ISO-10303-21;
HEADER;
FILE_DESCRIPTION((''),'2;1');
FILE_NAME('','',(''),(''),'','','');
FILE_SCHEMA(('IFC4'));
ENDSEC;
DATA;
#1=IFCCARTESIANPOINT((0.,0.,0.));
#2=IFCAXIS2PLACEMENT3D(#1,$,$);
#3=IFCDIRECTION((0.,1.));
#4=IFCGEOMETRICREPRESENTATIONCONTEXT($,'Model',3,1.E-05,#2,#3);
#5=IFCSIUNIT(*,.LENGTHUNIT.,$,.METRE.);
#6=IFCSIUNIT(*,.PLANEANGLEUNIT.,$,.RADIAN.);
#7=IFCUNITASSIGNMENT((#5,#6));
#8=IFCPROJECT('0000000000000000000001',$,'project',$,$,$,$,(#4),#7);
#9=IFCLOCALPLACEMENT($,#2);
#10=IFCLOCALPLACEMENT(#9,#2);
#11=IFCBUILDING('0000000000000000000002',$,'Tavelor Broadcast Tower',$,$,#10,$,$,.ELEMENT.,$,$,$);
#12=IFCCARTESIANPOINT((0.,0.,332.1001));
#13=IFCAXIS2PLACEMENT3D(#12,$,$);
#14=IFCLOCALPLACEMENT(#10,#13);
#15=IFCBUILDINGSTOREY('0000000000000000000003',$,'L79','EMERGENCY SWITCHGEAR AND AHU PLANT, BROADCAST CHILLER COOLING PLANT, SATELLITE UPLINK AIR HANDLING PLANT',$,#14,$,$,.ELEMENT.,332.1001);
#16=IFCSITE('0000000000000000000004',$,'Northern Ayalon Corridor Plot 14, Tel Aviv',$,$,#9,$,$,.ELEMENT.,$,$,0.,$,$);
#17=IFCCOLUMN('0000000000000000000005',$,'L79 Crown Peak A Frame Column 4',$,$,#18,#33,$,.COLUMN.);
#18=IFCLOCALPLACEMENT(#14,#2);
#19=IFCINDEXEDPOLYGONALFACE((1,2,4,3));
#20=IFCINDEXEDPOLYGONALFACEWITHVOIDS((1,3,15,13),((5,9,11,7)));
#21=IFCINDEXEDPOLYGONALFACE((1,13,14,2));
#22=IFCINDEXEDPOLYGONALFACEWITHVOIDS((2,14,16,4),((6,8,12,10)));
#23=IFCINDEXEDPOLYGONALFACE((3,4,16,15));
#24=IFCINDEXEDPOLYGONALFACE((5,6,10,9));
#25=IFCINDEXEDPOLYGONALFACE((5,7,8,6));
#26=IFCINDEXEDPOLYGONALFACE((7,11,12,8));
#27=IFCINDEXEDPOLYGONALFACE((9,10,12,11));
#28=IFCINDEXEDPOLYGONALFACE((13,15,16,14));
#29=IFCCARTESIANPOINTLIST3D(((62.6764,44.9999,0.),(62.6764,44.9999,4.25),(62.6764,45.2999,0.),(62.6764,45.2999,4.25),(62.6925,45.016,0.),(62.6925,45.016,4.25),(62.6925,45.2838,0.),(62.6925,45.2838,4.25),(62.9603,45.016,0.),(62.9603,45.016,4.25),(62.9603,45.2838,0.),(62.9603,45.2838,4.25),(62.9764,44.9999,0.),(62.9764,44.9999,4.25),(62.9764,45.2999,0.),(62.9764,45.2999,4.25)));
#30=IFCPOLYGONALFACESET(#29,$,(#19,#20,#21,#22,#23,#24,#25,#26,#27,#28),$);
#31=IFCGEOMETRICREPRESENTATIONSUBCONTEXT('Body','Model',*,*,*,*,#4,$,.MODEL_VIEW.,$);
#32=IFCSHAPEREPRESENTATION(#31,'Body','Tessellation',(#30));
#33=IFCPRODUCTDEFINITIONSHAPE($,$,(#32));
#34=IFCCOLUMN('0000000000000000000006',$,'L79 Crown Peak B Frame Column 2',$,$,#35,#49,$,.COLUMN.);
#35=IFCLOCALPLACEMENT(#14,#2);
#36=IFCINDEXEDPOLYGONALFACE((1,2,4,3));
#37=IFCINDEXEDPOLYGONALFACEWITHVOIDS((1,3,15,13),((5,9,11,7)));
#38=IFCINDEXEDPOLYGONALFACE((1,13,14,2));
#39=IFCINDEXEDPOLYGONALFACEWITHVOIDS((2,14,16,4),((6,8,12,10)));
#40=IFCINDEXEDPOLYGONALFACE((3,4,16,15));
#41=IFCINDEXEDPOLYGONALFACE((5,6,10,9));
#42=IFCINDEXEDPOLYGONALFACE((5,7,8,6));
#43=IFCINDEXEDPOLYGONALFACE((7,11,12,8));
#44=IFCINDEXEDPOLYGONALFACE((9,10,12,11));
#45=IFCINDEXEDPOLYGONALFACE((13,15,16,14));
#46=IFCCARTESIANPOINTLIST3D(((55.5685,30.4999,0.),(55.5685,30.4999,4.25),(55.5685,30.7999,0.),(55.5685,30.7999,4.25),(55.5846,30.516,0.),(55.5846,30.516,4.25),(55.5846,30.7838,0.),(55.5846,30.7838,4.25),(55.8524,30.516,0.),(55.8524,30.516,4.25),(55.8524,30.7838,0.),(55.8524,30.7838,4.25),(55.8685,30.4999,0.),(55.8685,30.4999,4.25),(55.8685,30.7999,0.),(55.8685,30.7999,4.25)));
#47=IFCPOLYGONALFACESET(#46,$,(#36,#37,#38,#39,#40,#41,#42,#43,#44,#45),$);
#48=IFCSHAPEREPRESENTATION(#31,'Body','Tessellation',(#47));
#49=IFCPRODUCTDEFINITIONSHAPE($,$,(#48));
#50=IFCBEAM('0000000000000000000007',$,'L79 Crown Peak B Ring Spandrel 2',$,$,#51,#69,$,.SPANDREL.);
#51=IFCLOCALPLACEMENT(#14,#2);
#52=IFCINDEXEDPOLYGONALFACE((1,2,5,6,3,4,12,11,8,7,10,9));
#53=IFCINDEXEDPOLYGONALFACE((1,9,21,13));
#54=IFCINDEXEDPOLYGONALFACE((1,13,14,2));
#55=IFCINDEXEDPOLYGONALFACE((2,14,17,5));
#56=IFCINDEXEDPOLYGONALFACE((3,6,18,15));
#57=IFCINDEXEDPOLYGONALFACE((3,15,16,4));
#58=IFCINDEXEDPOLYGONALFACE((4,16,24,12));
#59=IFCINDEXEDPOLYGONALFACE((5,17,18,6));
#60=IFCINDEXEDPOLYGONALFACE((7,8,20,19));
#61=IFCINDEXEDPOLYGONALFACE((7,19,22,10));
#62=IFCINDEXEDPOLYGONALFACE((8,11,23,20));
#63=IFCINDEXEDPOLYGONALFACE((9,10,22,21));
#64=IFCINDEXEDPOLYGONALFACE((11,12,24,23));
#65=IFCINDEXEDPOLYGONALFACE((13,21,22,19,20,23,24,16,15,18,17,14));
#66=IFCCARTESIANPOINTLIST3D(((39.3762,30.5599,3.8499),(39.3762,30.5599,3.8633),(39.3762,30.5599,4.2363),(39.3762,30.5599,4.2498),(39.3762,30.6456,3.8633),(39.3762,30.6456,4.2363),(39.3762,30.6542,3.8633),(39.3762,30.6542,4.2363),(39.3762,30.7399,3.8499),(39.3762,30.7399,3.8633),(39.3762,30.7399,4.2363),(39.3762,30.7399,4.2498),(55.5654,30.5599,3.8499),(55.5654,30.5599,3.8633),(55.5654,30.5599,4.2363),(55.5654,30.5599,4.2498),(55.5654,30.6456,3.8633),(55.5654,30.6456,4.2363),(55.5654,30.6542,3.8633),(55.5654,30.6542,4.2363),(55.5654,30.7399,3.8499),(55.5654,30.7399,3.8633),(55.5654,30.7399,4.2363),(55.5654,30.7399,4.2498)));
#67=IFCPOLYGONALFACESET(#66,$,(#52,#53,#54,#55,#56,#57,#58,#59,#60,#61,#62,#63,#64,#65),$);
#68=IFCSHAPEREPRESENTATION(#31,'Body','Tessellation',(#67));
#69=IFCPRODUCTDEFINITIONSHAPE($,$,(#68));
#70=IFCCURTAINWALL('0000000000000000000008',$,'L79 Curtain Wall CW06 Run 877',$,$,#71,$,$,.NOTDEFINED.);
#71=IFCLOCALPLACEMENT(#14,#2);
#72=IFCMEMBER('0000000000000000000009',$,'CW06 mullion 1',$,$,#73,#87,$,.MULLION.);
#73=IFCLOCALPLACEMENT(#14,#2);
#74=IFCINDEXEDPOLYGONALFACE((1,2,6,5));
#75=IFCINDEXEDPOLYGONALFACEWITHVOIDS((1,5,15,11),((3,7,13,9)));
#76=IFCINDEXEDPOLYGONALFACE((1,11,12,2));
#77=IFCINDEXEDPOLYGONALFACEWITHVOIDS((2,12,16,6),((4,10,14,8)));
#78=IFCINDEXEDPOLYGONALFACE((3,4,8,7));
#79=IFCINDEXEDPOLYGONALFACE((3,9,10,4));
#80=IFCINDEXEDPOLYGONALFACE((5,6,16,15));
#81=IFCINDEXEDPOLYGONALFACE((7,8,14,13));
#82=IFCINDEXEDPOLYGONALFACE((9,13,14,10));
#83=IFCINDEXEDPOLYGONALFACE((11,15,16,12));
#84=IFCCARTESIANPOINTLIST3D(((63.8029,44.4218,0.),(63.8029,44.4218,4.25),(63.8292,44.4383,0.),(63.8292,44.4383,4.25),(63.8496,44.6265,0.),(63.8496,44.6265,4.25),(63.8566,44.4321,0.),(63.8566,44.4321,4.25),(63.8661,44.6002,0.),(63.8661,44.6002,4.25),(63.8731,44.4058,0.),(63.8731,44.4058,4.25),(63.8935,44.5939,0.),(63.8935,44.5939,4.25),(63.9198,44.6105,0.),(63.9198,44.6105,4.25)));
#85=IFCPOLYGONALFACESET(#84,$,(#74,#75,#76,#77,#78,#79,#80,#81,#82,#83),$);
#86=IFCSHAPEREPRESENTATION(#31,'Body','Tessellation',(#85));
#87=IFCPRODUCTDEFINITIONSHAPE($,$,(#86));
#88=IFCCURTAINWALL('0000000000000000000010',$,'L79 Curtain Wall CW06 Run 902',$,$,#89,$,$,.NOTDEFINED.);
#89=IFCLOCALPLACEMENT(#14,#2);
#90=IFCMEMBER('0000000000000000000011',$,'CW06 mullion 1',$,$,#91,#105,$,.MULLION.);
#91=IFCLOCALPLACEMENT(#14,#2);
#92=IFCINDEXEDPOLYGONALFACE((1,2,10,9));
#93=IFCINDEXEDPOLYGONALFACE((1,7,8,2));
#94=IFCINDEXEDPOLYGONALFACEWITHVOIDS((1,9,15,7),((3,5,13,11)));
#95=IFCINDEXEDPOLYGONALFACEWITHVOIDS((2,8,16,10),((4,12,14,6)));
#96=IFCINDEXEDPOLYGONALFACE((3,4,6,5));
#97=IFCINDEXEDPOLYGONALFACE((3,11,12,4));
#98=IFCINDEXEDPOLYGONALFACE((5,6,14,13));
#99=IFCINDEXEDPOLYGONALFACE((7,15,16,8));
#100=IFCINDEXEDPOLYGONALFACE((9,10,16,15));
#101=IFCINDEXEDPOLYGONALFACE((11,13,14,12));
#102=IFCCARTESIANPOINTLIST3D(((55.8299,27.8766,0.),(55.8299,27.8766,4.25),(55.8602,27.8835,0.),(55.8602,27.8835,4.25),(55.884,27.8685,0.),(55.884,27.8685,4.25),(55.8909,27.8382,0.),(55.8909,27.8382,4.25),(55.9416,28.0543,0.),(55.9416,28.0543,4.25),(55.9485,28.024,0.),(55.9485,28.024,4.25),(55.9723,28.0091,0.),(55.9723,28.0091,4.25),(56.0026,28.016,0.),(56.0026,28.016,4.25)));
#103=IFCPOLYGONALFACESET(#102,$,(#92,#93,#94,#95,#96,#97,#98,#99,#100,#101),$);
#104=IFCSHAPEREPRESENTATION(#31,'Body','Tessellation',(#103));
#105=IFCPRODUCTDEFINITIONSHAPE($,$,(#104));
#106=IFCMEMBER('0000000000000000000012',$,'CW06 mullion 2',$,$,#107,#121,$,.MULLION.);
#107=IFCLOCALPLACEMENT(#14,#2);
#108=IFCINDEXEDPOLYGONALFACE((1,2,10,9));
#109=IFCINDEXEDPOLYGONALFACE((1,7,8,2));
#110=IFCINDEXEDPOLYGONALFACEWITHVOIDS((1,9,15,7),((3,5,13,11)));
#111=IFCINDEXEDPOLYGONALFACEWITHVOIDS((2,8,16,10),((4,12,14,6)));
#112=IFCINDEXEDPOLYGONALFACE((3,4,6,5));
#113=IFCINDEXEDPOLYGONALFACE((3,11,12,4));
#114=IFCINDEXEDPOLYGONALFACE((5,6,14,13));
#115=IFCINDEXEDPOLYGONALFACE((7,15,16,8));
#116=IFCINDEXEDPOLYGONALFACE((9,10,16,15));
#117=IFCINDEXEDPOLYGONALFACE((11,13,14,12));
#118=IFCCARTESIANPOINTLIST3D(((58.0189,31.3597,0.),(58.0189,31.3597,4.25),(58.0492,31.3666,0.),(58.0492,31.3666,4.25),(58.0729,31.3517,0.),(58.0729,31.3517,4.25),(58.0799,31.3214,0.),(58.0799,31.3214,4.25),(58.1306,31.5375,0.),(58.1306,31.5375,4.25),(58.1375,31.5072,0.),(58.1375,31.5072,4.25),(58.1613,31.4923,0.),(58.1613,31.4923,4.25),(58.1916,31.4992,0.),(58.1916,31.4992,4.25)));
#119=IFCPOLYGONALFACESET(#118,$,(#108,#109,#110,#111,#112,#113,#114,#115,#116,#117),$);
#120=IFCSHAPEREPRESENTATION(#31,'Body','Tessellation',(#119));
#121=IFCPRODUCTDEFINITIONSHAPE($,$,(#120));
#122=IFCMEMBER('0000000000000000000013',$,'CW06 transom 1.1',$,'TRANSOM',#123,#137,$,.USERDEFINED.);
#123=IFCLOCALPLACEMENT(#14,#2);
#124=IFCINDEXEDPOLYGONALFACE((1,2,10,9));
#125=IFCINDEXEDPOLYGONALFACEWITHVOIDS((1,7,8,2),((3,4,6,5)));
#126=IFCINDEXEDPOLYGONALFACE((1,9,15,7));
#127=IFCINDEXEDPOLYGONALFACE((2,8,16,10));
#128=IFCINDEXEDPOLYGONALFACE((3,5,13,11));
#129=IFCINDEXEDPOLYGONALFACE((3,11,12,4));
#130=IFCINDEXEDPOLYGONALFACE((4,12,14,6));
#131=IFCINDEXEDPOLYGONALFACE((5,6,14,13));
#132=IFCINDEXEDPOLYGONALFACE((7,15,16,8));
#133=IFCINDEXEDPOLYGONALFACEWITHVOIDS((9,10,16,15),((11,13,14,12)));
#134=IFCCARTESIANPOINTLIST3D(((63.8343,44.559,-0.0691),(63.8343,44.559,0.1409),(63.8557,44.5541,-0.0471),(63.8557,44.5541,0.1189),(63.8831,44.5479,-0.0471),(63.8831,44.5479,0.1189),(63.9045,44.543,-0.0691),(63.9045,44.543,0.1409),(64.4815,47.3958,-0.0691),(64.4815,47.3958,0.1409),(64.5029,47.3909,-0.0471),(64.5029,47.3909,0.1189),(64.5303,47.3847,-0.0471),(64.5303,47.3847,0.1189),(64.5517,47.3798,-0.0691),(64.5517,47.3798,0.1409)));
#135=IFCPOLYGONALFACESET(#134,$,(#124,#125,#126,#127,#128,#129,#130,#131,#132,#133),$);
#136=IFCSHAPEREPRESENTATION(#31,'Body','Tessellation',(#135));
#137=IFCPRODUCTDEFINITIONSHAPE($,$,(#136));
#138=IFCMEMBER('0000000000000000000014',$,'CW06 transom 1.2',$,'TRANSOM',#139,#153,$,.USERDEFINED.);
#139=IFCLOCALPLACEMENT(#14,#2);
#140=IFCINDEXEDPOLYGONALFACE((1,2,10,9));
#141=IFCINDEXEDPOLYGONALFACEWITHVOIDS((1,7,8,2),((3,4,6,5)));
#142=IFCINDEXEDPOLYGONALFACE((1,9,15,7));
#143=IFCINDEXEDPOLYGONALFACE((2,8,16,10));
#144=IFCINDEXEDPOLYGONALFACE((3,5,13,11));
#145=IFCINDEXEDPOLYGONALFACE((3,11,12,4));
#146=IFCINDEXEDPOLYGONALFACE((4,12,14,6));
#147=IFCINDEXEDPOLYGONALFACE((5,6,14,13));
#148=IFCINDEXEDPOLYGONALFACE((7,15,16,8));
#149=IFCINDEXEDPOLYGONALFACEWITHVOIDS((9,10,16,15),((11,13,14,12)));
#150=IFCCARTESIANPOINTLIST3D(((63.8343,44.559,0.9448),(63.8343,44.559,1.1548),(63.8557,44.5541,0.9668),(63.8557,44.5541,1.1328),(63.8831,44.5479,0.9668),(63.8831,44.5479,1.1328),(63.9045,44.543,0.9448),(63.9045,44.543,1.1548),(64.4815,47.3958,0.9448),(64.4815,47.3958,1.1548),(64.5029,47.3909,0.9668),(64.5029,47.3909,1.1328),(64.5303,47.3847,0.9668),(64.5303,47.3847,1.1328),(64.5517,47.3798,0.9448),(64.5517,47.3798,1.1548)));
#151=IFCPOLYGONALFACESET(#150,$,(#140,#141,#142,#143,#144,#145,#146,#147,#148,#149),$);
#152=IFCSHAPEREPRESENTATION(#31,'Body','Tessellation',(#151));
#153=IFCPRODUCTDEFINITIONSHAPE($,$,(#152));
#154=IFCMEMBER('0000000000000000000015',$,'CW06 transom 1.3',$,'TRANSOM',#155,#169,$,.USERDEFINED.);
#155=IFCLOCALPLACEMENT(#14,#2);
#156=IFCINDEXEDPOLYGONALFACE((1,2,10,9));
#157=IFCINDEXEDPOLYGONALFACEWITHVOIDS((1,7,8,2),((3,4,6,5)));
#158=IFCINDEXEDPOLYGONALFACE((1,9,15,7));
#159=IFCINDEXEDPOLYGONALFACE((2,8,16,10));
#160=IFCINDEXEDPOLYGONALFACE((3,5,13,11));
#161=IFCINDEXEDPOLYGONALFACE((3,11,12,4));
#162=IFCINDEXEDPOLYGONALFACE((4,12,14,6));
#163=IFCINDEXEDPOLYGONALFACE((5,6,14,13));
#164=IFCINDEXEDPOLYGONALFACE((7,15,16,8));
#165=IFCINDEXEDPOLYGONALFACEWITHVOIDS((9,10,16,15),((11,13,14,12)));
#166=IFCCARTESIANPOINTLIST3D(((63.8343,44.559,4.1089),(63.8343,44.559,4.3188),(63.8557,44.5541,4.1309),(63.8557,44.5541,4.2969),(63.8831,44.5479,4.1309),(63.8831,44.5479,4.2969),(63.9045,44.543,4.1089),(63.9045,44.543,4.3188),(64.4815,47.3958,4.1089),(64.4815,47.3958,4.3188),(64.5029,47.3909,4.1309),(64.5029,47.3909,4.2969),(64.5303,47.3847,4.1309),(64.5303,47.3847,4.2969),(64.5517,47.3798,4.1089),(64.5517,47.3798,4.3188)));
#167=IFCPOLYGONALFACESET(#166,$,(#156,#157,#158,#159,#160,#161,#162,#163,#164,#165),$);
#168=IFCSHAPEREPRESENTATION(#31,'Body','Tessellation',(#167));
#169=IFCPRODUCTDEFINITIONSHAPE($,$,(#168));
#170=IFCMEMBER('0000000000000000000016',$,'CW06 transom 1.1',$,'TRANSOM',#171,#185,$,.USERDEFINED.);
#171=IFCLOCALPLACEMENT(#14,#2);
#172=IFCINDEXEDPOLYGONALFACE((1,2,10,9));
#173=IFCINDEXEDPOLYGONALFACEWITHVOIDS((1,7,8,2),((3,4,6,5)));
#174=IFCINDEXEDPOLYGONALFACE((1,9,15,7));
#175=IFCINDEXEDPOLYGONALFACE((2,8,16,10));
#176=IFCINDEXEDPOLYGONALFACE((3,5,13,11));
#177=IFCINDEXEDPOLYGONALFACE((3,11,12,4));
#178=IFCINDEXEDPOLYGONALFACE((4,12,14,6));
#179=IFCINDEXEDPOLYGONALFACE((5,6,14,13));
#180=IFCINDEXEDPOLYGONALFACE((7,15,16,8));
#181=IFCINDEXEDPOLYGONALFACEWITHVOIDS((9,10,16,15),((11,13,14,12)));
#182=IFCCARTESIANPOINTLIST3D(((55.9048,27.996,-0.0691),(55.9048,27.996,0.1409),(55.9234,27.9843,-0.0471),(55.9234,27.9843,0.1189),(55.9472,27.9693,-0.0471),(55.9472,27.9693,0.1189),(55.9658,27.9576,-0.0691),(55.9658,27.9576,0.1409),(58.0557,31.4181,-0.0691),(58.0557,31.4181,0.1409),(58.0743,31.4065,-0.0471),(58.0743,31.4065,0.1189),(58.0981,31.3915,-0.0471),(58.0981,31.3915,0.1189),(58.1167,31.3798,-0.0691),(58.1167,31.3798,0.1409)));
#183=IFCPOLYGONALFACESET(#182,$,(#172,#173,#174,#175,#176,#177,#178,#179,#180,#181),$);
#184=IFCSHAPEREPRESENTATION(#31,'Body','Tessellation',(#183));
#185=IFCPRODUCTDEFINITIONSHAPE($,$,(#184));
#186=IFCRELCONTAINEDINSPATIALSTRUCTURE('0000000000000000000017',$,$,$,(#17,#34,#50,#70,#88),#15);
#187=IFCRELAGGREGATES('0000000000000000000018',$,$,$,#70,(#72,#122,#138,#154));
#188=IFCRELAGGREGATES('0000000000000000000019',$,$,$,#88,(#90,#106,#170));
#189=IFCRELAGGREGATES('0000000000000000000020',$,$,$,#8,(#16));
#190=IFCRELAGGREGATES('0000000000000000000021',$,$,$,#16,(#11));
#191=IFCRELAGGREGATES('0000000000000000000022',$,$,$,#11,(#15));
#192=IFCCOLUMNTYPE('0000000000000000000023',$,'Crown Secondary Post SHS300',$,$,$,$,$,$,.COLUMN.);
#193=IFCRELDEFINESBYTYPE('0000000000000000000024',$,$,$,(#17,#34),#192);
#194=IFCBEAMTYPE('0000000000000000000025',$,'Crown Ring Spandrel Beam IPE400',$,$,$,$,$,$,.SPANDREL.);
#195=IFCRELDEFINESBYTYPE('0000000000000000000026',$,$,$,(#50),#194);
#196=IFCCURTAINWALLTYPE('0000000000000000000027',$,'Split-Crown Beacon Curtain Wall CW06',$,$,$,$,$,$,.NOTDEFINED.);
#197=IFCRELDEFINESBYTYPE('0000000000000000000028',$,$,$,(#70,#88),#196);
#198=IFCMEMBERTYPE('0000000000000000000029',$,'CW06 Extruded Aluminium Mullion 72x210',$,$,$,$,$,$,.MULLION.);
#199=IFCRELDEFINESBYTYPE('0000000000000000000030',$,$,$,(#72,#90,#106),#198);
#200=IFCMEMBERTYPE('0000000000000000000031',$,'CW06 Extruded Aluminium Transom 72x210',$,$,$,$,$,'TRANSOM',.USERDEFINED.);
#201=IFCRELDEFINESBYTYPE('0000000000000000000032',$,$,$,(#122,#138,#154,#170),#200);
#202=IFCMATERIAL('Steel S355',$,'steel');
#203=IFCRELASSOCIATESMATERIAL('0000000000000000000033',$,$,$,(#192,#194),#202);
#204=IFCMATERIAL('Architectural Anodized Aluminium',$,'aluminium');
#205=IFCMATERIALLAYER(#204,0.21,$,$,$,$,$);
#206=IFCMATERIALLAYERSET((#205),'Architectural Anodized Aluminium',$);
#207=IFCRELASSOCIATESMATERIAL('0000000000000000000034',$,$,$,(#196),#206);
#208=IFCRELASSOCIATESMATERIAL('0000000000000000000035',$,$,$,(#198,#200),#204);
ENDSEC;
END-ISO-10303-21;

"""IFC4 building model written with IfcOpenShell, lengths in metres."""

from ifc_helpers import new_model, si_unit, direction, frame, origin, origin_2d, place, context, subcontext, project, spatial, hollow_rectangle, i_section, extrude, source, transform, mapped, material, layer, layer_set, material_profile, profile_set, type_object, type_shapes, element, aggregate, save


model = new_model("IFC4")

# Units and contexts
model_context = context("Model", 3, precision=1e-05, world=origin(), true_north=direction((0.0, 1.0)))
body_context = subcontext(model_context, "Body", "Model", "MODEL_VIEW")
ifc_project = project(units=[si_unit("LENGTHUNIT", "METRE"), si_unit("PLANEANGLEUNIT", "RADIAN")], contexts=[model_context])

# Site, building, storey
site_placement = place(None, origin())
site = spatial("IfcSite", under=ifc_project, at=site_placement, Name="Northern Ayalon Corridor Plot 14, Tel Aviv", CompositionType="ELEMENT", RefElevation=0.0)
building_placement = place(site_placement, origin())
building = spatial("IfcBuilding", under=site, at=building_placement, Name="Tavelor Broadcast Tower", CompositionType="ELEMENT")
storey_placement = place(building_placement, frame((0.0, 0.0, 332.1001)))
storey = spatial("IfcBuildingStorey", under=building, at=storey_placement, Name="L79", Description="EMERGENCY SWITCHGEAR AND AHU PLANT, BROADCAST CHILLER COOLING PLANT, SATELLITE UPLINK AIR HANDLING PLANT", CompositionType="ELEMENT", Elevation=332.1001)

# Columns
ifc_material_1 = material(Name="Steel S355", Category="steel")
ifc_material_profile_1 = material_profile(ifc_material_1, hollow_rectangle(XDim=0.3, YDim=0.3, WallThickness=0.0161, at=origin_2d()), Name="SHS 300x300x16")
ifc_profile_set_1 = profile_set([ifc_material_profile_1], Name="Steel S355")
column_type = type_object("IfcColumnType", Name="Crown Secondary Post SHS300", PredefinedType="COLUMN", material=ifc_profile_set_1)
for number, where, z_axis, x_axis, name in (
    (1, (62.8264, 45.1499, 0.0), (0.0, 0.0, 1.0), (1.0, 0.0, 0.0), "L79 Crown Peak A Frame Column 4"),
    (2, (55.7185, 30.6499, 0.0), (0.0, 0.0, 1.0), (1.0, 0.0, 0.0), "L79 Crown Peak B Frame Column 2"),
):
    element("IfcColumn", number, at=place(storey_placement, frame(where, z_axis=z_axis, x_axis=x_axis)), inside=storey, type_object=column_type, Name=name, PredefinedType="COLUMN", context=body_context, shape_type="SweptSolid", body=[
        extrude(hollow_rectangle(XDim=0.3, YDim=0.3, WallThickness=0.0161, at=origin_2d()), origin(), (0.0, 0.0, 1.0), 4.25),
    ])

# Beam
ifc_material_profile_2 = material_profile(ifc_material_1, i_section(OverallWidth=0.1799, OverallDepth=0.3999, WebThickness=0.0085, FlangeThickness=0.0134, at=origin_2d()), Name="IPE 400")
ifc_profile_set_2 = profile_set([ifc_material_profile_2], Name="Steel S355")
beam_type = type_object("IfcBeamType", Name="Crown Ring Spandrel Beam IPE400", PredefinedType="SPANDREL", material=ifc_profile_set_2)
beam_placement = place(storey_placement, frame((55.5654, 30.6499, 4.0498), z_axis=(-1.0, 0.0, 0.0), x_axis=(0.0, -1.0, 0.0)))
element("IfcBeam", 3, at=beam_placement, inside=storey, type_object=beam_type, Name="L79 Crown Peak B Ring Spandrel 2", PredefinedType="SPANDREL", context=body_context, shape_type="SweptSolid", body=[
    extrude(i_section(OverallWidth=0.1799, OverallDepth=0.3999, WebThickness=0.0085, FlangeThickness=0.0134, at=origin_2d()), origin(), (0.0, 0.0, 1.0), 16.1892),
])

# Curtain wall, member
ifc_material_2 = material(Name="Architectural Anodized Aluminium", Category="aluminium")
ifc_layer_1 = layer(ifc_material_2, 0.21)
ifc_layer_set_1 = layer_set([ifc_layer_1], Name="Architectural Anodized Aluminium")
curtain_wall_type = type_object("IfcCurtainWallType", Name="Split-Crown Beacon Curtain Wall CW06", PredefinedType="NOTDEFINED", material=ifc_layer_set_1)
curtain_wall_1_placement = place(storey_placement, origin())
curtain_wall_1 = element("IfcCurtainWall", 4, at=curtain_wall_1_placement, inside=storey, type_object=curtain_wall_type, Name="L79 Curtain Wall CW06 Run 877", PredefinedType="NOTDEFINED")
ifc_material_profile_3 = material_profile(ifc_material_2, hollow_rectangle(XDim=0.072, YDim=0.21, WallThickness=0.022, at=origin_2d()), Name="RHS 72x210x22")
ifc_profile_set_3 = profile_set([ifc_material_profile_3], Name="Architectural Anodized Aluminium")
member_type_1 = type_object("IfcMemberType", Name="CW06 Extruded Aluminium Mullion 72x210", PredefinedType="MULLION", material=ifc_profile_set_3)
shared_shape_1 = source(origin(), body_context, "Body", "SweptSolid", [
    extrude(hollow_rectangle(XDim=0.072, YDim=0.21, WallThickness=0.022, at=origin_2d()), origin(), (0.0, 0.0, 1.0), 4.25),
])
type_shapes(member_type_1, [shared_shape_1])
member_1_placement = place(storey_placement, frame((63.8613, 44.5161, 0.0), z_axis=(0.0, 0.0, 1.0), x_axis=(-0.974949, 0.222429, 0.0)))
member_1 = element("IfcMember", 5, at=member_1_placement, type_object=member_type_1, Name="CW06 mullion 1", PredefinedType="MULLION", context=body_context, shape_type="MappedRepresentation", body=[
    mapped(shared_shape_1, transform((0.0, 0.0, 0.0), scale=1.0)),
])

# Curtain wall, members
curtain_wall_2_placement = place(storey_placement, origin())
curtain_wall_2 = element("IfcCurtainWall", 6, at=curtain_wall_2_placement, inside=storey, type_object=curtain_wall_type, Name="L79 Curtain Wall CW06 Run 902", PredefinedType="NOTDEFINED")
member_2_placement = place(storey_placement, frame((55.9163, 27.9463, 0.0), z_axis=(0.0, 0.0, 1.0), x_axis=(-0.846671, 0.532117, 0.0)))
member_2 = element("IfcMember", 7, at=member_2_placement, type_object=member_type_1, Name="CW06 mullion 1", PredefinedType="MULLION", context=body_context, shape_type="MappedRepresentation", body=[
    mapped(shared_shape_1, transform((0.0, 0.0, 0.0), scale=1.0)),
])
member_3_placement = place(storey_placement, frame((58.1052, 31.4294, 0.0), z_axis=(0.0, 0.0, 1.0), x_axis=(-0.846671, 0.532117, 0.0)))
member_3 = element("IfcMember", 8, at=member_3_placement, type_object=member_type_1, Name="CW06 mullion 2", PredefinedType="MULLION", context=body_context, shape_type="MappedRepresentation", body=[
    mapped(shared_shape_1, transform((0.0, 0.0, 0.0), scale=1.0)),
])

# Members
ifc_material_profile_4 = material_profile(ifc_material_2, hollow_rectangle(XDim=0.072, YDim=0.21, WallThickness=0.022, at=origin_2d()), Name="RHS 72x210x22")
ifc_profile_set_4 = profile_set([ifc_material_profile_4], Name="Architectural Anodized Aluminium")
member_type_2 = type_object("IfcMemberType", Name="CW06 Extruded Aluminium Transom 72x210", ElementType="TRANSOM", PredefinedType="USERDEFINED", material=ifc_profile_set_4)
shared_shape_2 = source(origin(), body_context, "Body", "SweptSolid", [
    extrude(hollow_rectangle(XDim=0.072, YDim=0.21, WallThickness=0.022, at=origin_2d()), origin(), (0.0, 0.0, 1.0), 2.9097),
])
member_4_placement = place(storey_placement, frame((63.8694, 44.551, 0.0359), z_axis=(0.222444, 0.974945, 0.0), x_axis=(-0.974945, 0.222444, 0.0)))
member_4 = element("IfcMember", 9, at=member_4_placement, type_object=member_type_2, Name="CW06 transom 1.1", ObjectType="TRANSOM", PredefinedType="USERDEFINED", context=body_context, shape_type="MappedRepresentation", body=[
    mapped(shared_shape_2, transform((0.0, 0.0, 0.0), scale=1.0)),
])
member_5_placement = place(storey_placement, frame((63.8694, 44.551, 1.0498), z_axis=(0.222444, 0.974945, 0.0), x_axis=(-0.974945, 0.222444, 0.0)))
member_5 = element("IfcMember", 10, at=member_5_placement, type_object=member_type_2, Name="CW06 transom 1.2", ObjectType="TRANSOM", PredefinedType="USERDEFINED", context=body_context, shape_type="MappedRepresentation", body=[
    mapped(shared_shape_2, transform((0.0, 0.0, 0.0), scale=1.0)),
])
member_6_placement = place(storey_placement, frame((63.8694, 44.551, 4.2139), z_axis=(0.222444, 0.974945, 0.0), x_axis=(-0.974945, 0.222444, 0.0)))
member_6 = element("IfcMember", 11, at=member_6_placement, type_object=member_type_2, Name="CW06 transom 1.3", ObjectType="TRANSOM", PredefinedType="USERDEFINED", context=body_context, shape_type="MappedRepresentation", body=[
    mapped(shared_shape_2, transform((0.0, 0.0, 0.0), scale=1.0)),
])
aggregate(curtain_wall_1, [member_1, member_4, member_5, member_6])
shared_shape_3 = source(origin(), body_context, "Body", "SweptSolid", [
    extrude(hollow_rectangle(XDim=0.072, YDim=0.21, WallThickness=0.022, at=origin_2d()), origin(), (0.0, 0.0, 1.0), 4.042),
])
type_shapes(member_type_2, [shared_shape_2, shared_shape_3])
member_7_placement = place(storey_placement, frame((55.9353, 27.9768, 0.0359), z_axis=(0.532142, 0.846655, 0.0), x_axis=(-0.846655, 0.532142, 0.0)))
member_7 = element("IfcMember", 12, at=member_7_placement, type_object=member_type_2, Name="CW06 transom 1.1", ObjectType="TRANSOM", PredefinedType="USERDEFINED", context=body_context, shape_type="MappedRepresentation", body=[
    mapped(shared_shape_3, transform((0.0, 0.0, 0.0), scale=1.0)),
])

aggregate(curtain_wall_2, [member_2, member_3, member_7])

save(model, "model.ifc")
